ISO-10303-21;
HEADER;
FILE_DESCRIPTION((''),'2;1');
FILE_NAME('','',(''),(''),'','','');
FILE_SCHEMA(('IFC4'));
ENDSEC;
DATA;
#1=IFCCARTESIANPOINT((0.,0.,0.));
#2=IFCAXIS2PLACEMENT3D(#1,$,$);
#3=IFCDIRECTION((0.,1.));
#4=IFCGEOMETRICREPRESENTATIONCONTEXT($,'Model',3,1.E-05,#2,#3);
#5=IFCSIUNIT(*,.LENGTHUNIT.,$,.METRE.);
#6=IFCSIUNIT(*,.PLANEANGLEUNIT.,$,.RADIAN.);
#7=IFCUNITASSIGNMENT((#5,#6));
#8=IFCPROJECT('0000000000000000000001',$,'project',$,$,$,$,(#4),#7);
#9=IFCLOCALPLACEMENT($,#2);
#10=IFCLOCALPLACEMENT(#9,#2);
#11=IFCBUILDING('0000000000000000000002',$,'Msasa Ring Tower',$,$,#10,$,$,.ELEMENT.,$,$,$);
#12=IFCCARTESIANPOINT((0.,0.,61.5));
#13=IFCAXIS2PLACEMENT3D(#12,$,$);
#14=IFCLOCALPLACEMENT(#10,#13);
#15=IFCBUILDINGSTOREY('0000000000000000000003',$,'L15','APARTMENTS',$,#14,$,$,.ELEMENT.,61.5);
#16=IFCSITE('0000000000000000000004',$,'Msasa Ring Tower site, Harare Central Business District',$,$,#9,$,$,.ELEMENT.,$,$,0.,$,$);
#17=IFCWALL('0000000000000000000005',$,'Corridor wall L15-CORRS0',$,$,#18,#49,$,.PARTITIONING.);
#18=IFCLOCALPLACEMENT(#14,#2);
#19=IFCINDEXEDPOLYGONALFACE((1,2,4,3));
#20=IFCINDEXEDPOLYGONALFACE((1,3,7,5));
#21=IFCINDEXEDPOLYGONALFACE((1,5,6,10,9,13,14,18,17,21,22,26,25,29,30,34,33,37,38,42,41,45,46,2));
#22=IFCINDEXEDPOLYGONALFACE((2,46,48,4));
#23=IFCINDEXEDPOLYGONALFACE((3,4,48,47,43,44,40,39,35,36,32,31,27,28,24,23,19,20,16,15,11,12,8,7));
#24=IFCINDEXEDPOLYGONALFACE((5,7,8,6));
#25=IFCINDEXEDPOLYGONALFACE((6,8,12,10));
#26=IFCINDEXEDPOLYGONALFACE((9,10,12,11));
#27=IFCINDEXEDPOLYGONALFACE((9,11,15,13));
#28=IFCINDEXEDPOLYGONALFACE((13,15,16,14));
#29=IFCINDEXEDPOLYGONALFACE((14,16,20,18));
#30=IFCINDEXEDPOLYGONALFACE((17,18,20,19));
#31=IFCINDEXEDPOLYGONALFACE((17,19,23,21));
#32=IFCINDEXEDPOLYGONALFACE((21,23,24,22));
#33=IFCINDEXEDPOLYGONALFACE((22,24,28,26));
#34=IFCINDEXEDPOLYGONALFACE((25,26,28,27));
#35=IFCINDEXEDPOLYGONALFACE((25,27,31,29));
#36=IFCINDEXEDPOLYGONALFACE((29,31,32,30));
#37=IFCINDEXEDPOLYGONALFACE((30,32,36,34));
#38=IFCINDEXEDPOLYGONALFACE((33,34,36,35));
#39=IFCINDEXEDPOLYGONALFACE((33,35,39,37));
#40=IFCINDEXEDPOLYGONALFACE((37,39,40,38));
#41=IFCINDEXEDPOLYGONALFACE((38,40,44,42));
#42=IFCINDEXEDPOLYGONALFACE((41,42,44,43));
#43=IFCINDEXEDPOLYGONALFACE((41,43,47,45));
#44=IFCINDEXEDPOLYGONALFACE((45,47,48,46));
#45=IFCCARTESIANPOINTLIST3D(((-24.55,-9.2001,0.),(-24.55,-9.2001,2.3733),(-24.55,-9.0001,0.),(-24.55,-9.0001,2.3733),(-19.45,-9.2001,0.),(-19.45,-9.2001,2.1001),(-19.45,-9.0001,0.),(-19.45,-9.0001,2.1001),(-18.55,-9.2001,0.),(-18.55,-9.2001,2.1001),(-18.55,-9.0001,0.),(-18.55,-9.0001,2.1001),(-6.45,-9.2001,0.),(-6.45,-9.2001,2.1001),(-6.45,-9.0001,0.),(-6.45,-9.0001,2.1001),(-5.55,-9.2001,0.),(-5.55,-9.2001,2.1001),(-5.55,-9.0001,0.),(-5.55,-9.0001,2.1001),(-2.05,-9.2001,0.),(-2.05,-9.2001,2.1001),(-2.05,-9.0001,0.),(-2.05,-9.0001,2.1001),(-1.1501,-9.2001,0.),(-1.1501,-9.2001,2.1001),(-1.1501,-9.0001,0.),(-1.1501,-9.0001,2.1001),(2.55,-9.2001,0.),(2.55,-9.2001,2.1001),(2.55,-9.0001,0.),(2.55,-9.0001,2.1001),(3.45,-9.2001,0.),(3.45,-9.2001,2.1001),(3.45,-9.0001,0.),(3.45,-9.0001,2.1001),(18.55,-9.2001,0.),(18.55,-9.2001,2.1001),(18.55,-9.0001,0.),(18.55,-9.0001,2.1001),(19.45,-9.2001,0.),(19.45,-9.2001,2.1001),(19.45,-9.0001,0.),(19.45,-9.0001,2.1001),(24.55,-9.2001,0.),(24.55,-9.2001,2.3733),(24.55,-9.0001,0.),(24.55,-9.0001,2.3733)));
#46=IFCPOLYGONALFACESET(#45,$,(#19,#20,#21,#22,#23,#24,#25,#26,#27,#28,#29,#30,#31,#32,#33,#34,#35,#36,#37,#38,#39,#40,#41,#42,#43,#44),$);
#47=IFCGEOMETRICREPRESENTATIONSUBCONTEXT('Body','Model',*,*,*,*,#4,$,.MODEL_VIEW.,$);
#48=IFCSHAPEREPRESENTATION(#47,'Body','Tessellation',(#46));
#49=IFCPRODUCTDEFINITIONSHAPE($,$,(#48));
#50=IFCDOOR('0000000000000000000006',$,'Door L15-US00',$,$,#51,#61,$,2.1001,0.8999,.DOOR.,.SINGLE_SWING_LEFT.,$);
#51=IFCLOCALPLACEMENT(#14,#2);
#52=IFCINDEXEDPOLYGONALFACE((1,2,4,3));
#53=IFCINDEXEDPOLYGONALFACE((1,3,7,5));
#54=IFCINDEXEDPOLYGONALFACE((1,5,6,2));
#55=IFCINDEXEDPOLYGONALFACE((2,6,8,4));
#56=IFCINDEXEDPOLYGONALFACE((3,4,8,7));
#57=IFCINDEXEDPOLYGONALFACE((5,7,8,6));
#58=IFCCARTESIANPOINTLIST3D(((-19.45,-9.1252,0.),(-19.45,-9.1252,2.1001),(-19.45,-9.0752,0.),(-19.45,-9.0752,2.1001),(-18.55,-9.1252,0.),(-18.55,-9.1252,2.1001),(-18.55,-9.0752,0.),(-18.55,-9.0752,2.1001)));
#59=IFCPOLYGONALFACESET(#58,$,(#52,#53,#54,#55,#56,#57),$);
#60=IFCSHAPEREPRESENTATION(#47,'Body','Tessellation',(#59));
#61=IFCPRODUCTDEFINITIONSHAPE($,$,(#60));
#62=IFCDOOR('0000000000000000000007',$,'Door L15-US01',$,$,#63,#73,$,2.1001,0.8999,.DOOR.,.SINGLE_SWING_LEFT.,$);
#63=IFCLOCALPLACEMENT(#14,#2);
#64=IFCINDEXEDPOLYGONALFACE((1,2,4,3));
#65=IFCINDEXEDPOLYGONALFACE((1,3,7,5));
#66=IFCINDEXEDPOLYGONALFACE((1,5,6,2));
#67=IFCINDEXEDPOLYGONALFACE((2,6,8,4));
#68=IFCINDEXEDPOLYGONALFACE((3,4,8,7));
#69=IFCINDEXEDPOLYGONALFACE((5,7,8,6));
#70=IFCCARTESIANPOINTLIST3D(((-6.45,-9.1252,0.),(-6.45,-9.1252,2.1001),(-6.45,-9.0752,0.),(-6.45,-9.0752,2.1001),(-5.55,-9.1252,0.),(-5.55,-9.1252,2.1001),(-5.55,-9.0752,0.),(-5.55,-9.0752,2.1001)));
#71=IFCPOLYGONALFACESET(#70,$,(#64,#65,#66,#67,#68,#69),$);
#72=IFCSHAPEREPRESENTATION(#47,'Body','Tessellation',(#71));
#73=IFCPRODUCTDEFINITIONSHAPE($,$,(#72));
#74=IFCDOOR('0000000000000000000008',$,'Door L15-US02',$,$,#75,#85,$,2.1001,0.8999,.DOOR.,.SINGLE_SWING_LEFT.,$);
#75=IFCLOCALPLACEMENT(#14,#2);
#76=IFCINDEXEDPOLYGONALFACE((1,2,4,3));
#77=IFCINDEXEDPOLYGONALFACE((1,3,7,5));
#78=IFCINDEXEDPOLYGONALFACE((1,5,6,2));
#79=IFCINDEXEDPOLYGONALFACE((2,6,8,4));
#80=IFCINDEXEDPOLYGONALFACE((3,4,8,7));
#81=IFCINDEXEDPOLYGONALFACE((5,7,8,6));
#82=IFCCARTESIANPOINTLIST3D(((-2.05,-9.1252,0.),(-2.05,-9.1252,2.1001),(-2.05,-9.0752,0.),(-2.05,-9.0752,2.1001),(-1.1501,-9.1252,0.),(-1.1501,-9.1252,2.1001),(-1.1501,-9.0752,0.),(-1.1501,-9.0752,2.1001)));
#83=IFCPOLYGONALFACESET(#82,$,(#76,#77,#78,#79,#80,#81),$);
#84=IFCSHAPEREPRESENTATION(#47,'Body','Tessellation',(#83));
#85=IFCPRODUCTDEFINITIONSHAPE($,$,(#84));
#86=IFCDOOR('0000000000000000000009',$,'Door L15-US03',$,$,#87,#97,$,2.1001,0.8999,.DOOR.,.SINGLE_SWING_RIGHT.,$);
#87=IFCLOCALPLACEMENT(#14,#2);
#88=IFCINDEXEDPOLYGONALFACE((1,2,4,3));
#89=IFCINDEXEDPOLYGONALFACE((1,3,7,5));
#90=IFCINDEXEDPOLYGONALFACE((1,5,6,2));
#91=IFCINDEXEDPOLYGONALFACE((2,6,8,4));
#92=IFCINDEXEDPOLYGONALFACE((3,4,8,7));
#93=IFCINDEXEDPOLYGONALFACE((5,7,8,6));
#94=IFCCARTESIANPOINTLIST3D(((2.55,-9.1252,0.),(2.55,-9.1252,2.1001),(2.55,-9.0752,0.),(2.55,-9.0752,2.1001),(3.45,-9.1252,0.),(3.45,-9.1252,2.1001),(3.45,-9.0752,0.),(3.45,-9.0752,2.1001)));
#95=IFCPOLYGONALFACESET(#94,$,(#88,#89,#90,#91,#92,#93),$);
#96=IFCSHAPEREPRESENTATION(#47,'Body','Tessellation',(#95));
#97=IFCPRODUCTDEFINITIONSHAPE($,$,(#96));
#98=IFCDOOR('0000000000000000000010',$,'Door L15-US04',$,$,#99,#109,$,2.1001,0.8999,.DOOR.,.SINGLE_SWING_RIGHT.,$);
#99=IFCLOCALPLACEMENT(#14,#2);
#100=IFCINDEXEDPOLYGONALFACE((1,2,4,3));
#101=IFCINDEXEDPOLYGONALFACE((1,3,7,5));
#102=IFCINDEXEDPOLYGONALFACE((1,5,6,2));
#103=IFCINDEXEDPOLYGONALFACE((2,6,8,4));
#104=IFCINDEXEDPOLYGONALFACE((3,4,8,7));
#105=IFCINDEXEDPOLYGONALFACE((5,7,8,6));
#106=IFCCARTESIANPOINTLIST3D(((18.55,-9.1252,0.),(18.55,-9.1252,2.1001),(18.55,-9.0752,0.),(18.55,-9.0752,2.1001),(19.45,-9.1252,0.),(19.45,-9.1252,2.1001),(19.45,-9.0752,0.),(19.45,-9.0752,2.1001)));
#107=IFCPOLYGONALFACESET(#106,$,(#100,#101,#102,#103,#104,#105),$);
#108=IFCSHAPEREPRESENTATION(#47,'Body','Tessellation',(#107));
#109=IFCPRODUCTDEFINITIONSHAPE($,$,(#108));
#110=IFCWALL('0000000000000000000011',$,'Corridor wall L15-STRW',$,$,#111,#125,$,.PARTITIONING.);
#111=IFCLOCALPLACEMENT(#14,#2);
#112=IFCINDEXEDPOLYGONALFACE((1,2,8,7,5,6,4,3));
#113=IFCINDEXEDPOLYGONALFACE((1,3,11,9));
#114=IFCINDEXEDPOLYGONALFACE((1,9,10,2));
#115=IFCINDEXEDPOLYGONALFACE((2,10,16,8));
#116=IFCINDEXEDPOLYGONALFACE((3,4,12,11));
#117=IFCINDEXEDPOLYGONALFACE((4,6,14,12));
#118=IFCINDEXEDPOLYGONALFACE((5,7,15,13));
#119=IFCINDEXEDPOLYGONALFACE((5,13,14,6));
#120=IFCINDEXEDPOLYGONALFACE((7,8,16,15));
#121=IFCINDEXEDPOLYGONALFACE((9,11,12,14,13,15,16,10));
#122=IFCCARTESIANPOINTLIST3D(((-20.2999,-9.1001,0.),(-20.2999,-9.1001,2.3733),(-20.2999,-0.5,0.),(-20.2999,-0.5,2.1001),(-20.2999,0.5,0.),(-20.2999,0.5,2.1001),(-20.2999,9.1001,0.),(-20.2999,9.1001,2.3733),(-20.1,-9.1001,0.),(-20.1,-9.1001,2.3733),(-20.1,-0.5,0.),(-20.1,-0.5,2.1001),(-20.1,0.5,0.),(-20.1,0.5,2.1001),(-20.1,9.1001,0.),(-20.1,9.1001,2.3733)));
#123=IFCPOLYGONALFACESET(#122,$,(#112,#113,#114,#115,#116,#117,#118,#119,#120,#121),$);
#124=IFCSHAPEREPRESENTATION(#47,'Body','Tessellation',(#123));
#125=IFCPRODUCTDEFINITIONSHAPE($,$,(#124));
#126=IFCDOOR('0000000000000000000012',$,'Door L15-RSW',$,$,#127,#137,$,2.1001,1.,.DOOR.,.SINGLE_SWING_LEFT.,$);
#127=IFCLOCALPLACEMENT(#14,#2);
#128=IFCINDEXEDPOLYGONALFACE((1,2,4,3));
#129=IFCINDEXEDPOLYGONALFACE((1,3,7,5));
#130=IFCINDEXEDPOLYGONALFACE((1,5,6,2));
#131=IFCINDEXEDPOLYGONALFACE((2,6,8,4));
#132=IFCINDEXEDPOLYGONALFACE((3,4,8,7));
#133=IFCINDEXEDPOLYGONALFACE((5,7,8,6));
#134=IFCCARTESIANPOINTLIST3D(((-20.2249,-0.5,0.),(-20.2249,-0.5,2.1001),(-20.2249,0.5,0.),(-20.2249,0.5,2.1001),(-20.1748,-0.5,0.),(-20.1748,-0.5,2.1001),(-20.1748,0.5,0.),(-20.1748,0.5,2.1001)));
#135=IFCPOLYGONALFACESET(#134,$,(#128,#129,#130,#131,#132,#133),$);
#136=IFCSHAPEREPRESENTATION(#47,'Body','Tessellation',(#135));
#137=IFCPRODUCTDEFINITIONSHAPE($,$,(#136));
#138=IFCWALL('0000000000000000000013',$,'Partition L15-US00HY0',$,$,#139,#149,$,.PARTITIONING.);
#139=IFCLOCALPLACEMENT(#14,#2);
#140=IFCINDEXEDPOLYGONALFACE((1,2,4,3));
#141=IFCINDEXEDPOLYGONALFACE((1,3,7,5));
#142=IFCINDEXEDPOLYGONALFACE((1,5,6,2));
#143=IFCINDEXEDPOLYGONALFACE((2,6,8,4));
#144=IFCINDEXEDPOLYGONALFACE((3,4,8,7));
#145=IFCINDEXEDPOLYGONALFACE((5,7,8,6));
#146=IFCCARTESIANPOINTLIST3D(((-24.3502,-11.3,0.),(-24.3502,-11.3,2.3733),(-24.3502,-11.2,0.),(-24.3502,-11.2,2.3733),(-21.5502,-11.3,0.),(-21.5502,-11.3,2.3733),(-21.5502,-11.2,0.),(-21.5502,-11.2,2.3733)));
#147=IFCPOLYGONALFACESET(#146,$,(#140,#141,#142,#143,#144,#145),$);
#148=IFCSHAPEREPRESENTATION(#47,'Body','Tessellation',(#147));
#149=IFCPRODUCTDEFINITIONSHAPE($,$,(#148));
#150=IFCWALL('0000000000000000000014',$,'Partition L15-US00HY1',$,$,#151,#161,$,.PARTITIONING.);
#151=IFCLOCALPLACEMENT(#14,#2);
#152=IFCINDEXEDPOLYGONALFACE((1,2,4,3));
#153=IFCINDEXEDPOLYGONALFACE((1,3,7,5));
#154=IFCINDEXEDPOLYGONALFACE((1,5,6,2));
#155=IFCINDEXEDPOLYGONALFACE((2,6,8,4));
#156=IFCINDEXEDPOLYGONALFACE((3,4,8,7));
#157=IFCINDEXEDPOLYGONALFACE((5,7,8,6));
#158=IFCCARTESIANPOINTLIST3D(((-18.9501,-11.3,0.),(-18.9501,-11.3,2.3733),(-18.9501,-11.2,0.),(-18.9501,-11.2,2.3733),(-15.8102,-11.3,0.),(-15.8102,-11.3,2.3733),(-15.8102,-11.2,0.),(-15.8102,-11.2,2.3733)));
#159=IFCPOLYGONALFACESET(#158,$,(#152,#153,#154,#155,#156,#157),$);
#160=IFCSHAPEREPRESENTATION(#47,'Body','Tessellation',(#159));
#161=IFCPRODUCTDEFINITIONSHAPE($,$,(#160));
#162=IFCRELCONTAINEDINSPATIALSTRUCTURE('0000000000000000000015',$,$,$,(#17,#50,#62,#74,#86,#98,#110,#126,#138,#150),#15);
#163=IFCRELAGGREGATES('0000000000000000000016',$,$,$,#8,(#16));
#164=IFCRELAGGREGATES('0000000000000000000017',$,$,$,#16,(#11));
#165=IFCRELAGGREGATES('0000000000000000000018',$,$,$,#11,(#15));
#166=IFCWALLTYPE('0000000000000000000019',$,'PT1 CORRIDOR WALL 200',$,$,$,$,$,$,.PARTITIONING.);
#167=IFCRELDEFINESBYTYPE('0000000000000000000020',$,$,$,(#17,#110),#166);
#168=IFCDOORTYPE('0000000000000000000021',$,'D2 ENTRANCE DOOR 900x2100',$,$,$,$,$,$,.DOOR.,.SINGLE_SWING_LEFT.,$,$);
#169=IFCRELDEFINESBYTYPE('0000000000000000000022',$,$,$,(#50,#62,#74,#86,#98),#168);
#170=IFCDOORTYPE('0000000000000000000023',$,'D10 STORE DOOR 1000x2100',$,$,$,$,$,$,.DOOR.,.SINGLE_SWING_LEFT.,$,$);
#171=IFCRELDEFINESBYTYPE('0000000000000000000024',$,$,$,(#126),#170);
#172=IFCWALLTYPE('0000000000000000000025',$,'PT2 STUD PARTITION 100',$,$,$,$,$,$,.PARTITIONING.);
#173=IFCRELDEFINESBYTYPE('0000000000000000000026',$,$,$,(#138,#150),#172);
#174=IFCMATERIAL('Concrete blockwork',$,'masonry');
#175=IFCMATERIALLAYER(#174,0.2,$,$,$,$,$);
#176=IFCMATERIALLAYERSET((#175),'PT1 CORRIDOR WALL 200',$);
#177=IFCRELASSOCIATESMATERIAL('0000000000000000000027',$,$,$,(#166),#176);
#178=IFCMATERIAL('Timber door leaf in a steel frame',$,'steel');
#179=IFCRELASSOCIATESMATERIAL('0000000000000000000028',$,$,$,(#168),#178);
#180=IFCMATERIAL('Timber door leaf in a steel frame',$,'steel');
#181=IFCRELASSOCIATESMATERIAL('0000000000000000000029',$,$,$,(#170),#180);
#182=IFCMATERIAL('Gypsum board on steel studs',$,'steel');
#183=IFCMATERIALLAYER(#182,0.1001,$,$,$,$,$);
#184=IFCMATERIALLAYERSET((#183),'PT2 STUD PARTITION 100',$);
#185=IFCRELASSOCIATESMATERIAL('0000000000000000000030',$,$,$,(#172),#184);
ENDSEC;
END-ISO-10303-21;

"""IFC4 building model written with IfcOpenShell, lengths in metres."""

from ifc_helpers import new_model, si_unit, direction, frame, frame_2d, origin, place, context, subcontext, project, spatial, rectangle, extrude, material, layer, layer_set, type_object, element, fill, save


model = new_model("IFC4")

# Units and contexts
model_context = context("Model", 3, precision=1e-05, world=origin(), true_north=direction((0.0, 1.0)))
body_context = subcontext(model_context, "Body", "Model", "MODEL_VIEW")
ifc_project = project(units=[si_unit("LENGTHUNIT", "METRE"), si_unit("PLANEANGLEUNIT", "RADIAN")], contexts=[model_context])

# Site, building, storey
site_placement = place(None, origin())
site = spatial("IfcSite", under=ifc_project, at=site_placement, Name="Msasa Ring Tower site, Harare Central Business District", CompositionType="ELEMENT", RefElevation=0.0)
building_placement = place(site_placement, origin())
building = spatial("IfcBuilding", under=site, at=building_placement, Name="Msasa Ring Tower", CompositionType="ELEMENT")
storey_placement = place(building_placement, frame((0.0, 0.0, 61.5)))
storey = spatial("IfcBuildingStorey", under=building, at=storey_placement, Name="L15", Description="APARTMENTS", CompositionType="ELEMENT", Elevation=61.5)

# Wall, openings, doors
ifc_material_1 = material(Name="Concrete blockwork", Category="masonry")
ifc_layer_1 = layer(ifc_material_1, 0.2)
ifc_layer_set_1 = layer_set([ifc_layer_1], Name="PT1 CORRIDOR WALL 200")
wall_type_1 = type_object("IfcWallType", Name="PT1 CORRIDOR WALL 200", PredefinedType="PARTITIONING", material=ifc_layer_set_1)
wall_1_placement = place(storey_placement, frame((-24.55, -9.1001, 0.0), z_axis=(0.0, 0.0, 1.0), x_axis=(1.0, 0.0, 0.0)))
wall_1 = element("IfcWall", 1, at=wall_1_placement, inside=storey, type_object=wall_type_1, Name="Corridor wall L15-CORRS0", PredefinedType="PARTITIONING", context=body_context, shape_type="SweptSolid", body=[
    extrude(rectangle(XDim=49.1001, YDim=0.2, at=frame_2d((24.55, 0.0))), origin(), (0.0, 0.0, 1.0), 2.3733),
])
opening_1_placement = place(wall_1_placement, frame((5.1001, 0.0, 0.0)))
opening_1 = element("IfcOpeningElement", 2, at=opening_1_placement, cuts=wall_1, PredefinedType="OPENING", context=body_context, shape_type="SweptSolid", body=[
    extrude(rectangle(XDim=0.8999, YDim=2.1001, at=frame_2d((0.45, 1.05))), frame((0.0, 0.1099, 0.0), z_axis=(0.0, -1.0, 0.0), x_axis=(1.0, 0.0, 0.0)), (0.0, 0.0, 1.0), 0.22),
])
opening_2_placement = place(wall_1_placement, frame((18.1001, 0.0, 0.0)))
opening_2 = element("IfcOpeningElement", 3, at=opening_2_placement, cuts=wall_1, PredefinedType="OPENING", context=body_context, shape_type="SweptSolid", body=[
    extrude(rectangle(XDim=0.8999, YDim=2.1001, at=frame_2d((0.45, 1.05))), frame((0.0, 0.1099, 0.0), z_axis=(0.0, -1.0, 0.0), x_axis=(1.0, 0.0, 0.0)), (0.0, 0.0, 1.0), 0.22),
])
opening_3_placement = place(wall_1_placement, frame((22.5, 0.0, 0.0)))
opening_3 = element("IfcOpeningElement", 4, at=opening_3_placement, cuts=wall_1, PredefinedType="OPENING", context=body_context, shape_type="SweptSolid", body=[
    extrude(rectangle(XDim=0.8999, YDim=2.1001, at=frame_2d((0.45, 1.05))), frame((0.0, 0.1099, 0.0), z_axis=(0.0, -1.0, 0.0), x_axis=(1.0, 0.0, 0.0)), (0.0, 0.0, 1.0), 0.22),
])
opening_4_placement = place(wall_1_placement, frame((27.1001, 0.0, 0.0)))
opening_4 = element("IfcOpeningElement", 5, at=opening_4_placement, cuts=wall_1, PredefinedType="OPENING", context=body_context, shape_type="SweptSolid", body=[
    extrude(rectangle(XDim=0.8999, YDim=2.1001, at=frame_2d((0.45, 1.05))), frame((0.0, 0.1099, 0.0), z_axis=(0.0, -1.0, 0.0), x_axis=(1.0, 0.0, 0.0)), (0.0, 0.0, 1.0), 0.22),
])
opening_5_placement = place(wall_1_placement, frame((43.1001, 0.0, 0.0)))
opening_5 = element("IfcOpeningElement", 6, at=opening_5_placement, cuts=wall_1, PredefinedType="OPENING", context=body_context, shape_type="SweptSolid", body=[
    extrude(rectangle(XDim=0.8999, YDim=2.1001, at=frame_2d((0.45, 1.05))), frame((0.0, 0.1099, 0.0), z_axis=(0.0, -1.0, 0.0), x_axis=(1.0, 0.0, 0.0)), (0.0, 0.0, 1.0), 0.22),
])
ifc_material_2 = material(Name="Timber door leaf in a steel frame", Category="steel")
door_type_1 = type_object("IfcDoorType", Name="D2 ENTRANCE DOOR 900x2100", OperationType="SINGLE_SWING_LEFT", PredefinedType="DOOR", material=ifc_material_2)
door_1_placement = place(opening_1_placement, origin())
door_1 = element("IfcDoor", 7, at=door_1_placement, inside=storey, type_object=door_type_1, Name="Door L15-US00", OperationType="SINGLE_SWING_LEFT", OverallHeight=2.1001, OverallWidth=0.8999, PredefinedType="DOOR", context=body_context, shape_type="SweptSolid", body=[
    extrude(rectangle(XDim=0.8999, YDim=2.1001, at=frame_2d((0.45, 1.05))), frame((0.0, 0.0249, 0.0), z_axis=(0.0, -1.0, 0.0), x_axis=(1.0, 0.0, 0.0)), (0.0, 0.0, 1.0), 0.05),
])
fill(opening_1, door_1)
door_2_placement = place(opening_2_placement, origin())
door_2 = element("IfcDoor", 8, at=door_2_placement, inside=storey, type_object=door_type_1, Name="Door L15-US01", OperationType="SINGLE_SWING_LEFT", OverallHeight=2.1001, OverallWidth=0.8999, PredefinedType="DOOR", context=body_context, shape_type="SweptSolid", body=[
    extrude(rectangle(XDim=0.8999, YDim=2.1001, at=frame_2d((0.45, 1.05))), frame((0.0, 0.0249, 0.0), z_axis=(0.0, -1.0, 0.0), x_axis=(1.0, 0.0, 0.0)), (0.0, 0.0, 1.0), 0.05),
])
fill(opening_2, door_2)
door_3_placement = place(opening_3_placement, origin())
door_3 = element("IfcDoor", 9, at=door_3_placement, inside=storey, type_object=door_type_1, Name="Door L15-US02", OperationType="SINGLE_SWING_LEFT", OverallHeight=2.1001, OverallWidth=0.8999, PredefinedType="DOOR", context=body_context, shape_type="SweptSolid", body=[
    extrude(rectangle(XDim=0.8999, YDim=2.1001, at=frame_2d((0.45, 1.05))), frame((0.0, 0.0249, 0.0), z_axis=(0.0, -1.0, 0.0), x_axis=(1.0, 0.0, 0.0)), (0.0, 0.0, 1.0), 0.05),
])
fill(opening_3, door_3)
door_4_placement = place(opening_4_placement, origin())
door_4 = element("IfcDoor", 10, at=door_4_placement, inside=storey, type_object=door_type_1, Name="Door L15-US03", OperationType="SINGLE_SWING_RIGHT", OverallHeight=2.1001, OverallWidth=0.8999, PredefinedType="DOOR", context=body_context, shape_type="SweptSolid", body=[
    extrude(rectangle(XDim=0.8999, YDim=2.1001, at=frame_2d((0.45, 1.05))), frame((0.0, 0.0249, 0.0), z_axis=(0.0, -1.0, 0.0), x_axis=(1.0, 0.0, 0.0)), (0.0, 0.0, 1.0), 0.05),
])
fill(opening_4, door_4)
door_5_placement = place(opening_5_placement, origin())
door_5 = element("IfcDoor", 11, at=door_5_placement, inside=storey, type_object=door_type_1, Name="Door L15-US04", OperationType="SINGLE_SWING_RIGHT", OverallHeight=2.1001, OverallWidth=0.8999, PredefinedType="DOOR", context=body_context, shape_type="SweptSolid", body=[
    extrude(rectangle(XDim=0.8999, YDim=2.1001, at=frame_2d((0.45, 1.05))), frame((0.0, 0.0249, 0.0), z_axis=(0.0, -1.0, 0.0), x_axis=(1.0, 0.0, 0.0)), (0.0, 0.0, 1.0), 0.05),
])
fill(opening_5, door_5)

# Wall, opening, door
wall_2_placement = place(storey_placement, frame((-20.2, -9.1001, 0.0), z_axis=(0.0, 0.0, 1.0), x_axis=(0.0, 1.0, 0.0)))
wall_2 = element("IfcWall", 12, at=wall_2_placement, inside=storey, type_object=wall_type_1, Name="Corridor wall L15-STRW", PredefinedType="PARTITIONING", context=body_context, shape_type="SweptSolid", body=[
    extrude(rectangle(XDim=18.2002, YDim=0.2, at=frame_2d((9.1001, 0.0))), origin(), (0.0, 0.0, 1.0), 2.3733),
])
opening_6_placement = place(wall_2_placement, frame((8.6001, 0.0, 0.0)))
opening_6 = element("IfcOpeningElement", 13, at=opening_6_placement, cuts=wall_2, PredefinedType="OPENING", context=body_context, shape_type="SweptSolid", body=[
    extrude(rectangle(XDim=1.0, YDim=2.1001, at=frame_2d((0.5, 1.05))), frame((0.0, 0.1099, 0.0), z_axis=(0.0, -1.0, 0.0), x_axis=(1.0, 0.0, 0.0)), (0.0, 0.0, 1.0), 0.22),
])
ifc_material_3 = material(Name="Timber door leaf in a steel frame", Category="steel")
door_type_2 = type_object("IfcDoorType", Name="D10 STORE DOOR 1000x2100", OperationType="SINGLE_SWING_LEFT", PredefinedType="DOOR", material=ifc_material_3)
door_6_placement = place(opening_6_placement, origin())
door_6 = element("IfcDoor", 14, at=door_6_placement, inside=storey, type_object=door_type_2, Name="Door L15-RSW", OperationType="SINGLE_SWING_LEFT", OverallHeight=2.1001, OverallWidth=1.0, PredefinedType="DOOR", context=body_context, shape_type="SweptSolid", body=[
    extrude(rectangle(XDim=1.0, YDim=2.1001, at=frame_2d((0.5, 1.05))), frame((0.0, 0.0249, 0.0), z_axis=(0.0, -1.0, 0.0), x_axis=(1.0, 0.0, 0.0)), (0.0, 0.0, 1.0), 0.05),
])
fill(opening_6, door_6)

# Walls
ifc_material_4 = material(Name="Gypsum board on steel studs", Category="steel")
ifc_layer_2 = layer(ifc_material_4, 0.1001)
ifc_layer_set_2 = layer_set([ifc_layer_2], Name="PT2 STUD PARTITION 100")
wall_type_2 = type_object("IfcWallType", Name="PT2 STUD PARTITION 100", PredefinedType="PARTITIONING", material=ifc_layer_set_2)
wall_3_placement = place(storey_placement, frame((-24.3501, -11.25, 0.0), z_axis=(0.0, 0.0, 1.0), x_axis=(1.0, 0.0, 0.0)))
element("IfcWall", 15, at=wall_3_placement, inside=storey, type_object=wall_type_2, Name="Partition L15-US00HY0", PredefinedType="PARTITIONING", context=body_context, shape_type="SweptSolid", body=[
    extrude(rectangle(XDim=2.8, YDim=0.1001, at=frame_2d((1.3999, 0.0))), origin(), (0.0, 0.0, 1.0), 2.3733),
])
wall_4_placement = place(storey_placement, frame((-18.95, -11.25, 0.0), z_axis=(0.0, 0.0, 1.0), x_axis=(1.0, 0.0, 0.0)))
element("IfcWall", 16, at=wall_4_placement, inside=storey, type_object=wall_type_2, Name="Partition L15-US00HY1", PredefinedType="PARTITIONING", context=body_context, shape_type="SweptSolid", body=[
    extrude(rectangle(XDim=3.1399, YDim=0.1001, at=frame_2d((1.5698, 0.0))), origin(), (0.0, 0.0, 1.0), 2.3733),
])

save(model, "model.ifc")
